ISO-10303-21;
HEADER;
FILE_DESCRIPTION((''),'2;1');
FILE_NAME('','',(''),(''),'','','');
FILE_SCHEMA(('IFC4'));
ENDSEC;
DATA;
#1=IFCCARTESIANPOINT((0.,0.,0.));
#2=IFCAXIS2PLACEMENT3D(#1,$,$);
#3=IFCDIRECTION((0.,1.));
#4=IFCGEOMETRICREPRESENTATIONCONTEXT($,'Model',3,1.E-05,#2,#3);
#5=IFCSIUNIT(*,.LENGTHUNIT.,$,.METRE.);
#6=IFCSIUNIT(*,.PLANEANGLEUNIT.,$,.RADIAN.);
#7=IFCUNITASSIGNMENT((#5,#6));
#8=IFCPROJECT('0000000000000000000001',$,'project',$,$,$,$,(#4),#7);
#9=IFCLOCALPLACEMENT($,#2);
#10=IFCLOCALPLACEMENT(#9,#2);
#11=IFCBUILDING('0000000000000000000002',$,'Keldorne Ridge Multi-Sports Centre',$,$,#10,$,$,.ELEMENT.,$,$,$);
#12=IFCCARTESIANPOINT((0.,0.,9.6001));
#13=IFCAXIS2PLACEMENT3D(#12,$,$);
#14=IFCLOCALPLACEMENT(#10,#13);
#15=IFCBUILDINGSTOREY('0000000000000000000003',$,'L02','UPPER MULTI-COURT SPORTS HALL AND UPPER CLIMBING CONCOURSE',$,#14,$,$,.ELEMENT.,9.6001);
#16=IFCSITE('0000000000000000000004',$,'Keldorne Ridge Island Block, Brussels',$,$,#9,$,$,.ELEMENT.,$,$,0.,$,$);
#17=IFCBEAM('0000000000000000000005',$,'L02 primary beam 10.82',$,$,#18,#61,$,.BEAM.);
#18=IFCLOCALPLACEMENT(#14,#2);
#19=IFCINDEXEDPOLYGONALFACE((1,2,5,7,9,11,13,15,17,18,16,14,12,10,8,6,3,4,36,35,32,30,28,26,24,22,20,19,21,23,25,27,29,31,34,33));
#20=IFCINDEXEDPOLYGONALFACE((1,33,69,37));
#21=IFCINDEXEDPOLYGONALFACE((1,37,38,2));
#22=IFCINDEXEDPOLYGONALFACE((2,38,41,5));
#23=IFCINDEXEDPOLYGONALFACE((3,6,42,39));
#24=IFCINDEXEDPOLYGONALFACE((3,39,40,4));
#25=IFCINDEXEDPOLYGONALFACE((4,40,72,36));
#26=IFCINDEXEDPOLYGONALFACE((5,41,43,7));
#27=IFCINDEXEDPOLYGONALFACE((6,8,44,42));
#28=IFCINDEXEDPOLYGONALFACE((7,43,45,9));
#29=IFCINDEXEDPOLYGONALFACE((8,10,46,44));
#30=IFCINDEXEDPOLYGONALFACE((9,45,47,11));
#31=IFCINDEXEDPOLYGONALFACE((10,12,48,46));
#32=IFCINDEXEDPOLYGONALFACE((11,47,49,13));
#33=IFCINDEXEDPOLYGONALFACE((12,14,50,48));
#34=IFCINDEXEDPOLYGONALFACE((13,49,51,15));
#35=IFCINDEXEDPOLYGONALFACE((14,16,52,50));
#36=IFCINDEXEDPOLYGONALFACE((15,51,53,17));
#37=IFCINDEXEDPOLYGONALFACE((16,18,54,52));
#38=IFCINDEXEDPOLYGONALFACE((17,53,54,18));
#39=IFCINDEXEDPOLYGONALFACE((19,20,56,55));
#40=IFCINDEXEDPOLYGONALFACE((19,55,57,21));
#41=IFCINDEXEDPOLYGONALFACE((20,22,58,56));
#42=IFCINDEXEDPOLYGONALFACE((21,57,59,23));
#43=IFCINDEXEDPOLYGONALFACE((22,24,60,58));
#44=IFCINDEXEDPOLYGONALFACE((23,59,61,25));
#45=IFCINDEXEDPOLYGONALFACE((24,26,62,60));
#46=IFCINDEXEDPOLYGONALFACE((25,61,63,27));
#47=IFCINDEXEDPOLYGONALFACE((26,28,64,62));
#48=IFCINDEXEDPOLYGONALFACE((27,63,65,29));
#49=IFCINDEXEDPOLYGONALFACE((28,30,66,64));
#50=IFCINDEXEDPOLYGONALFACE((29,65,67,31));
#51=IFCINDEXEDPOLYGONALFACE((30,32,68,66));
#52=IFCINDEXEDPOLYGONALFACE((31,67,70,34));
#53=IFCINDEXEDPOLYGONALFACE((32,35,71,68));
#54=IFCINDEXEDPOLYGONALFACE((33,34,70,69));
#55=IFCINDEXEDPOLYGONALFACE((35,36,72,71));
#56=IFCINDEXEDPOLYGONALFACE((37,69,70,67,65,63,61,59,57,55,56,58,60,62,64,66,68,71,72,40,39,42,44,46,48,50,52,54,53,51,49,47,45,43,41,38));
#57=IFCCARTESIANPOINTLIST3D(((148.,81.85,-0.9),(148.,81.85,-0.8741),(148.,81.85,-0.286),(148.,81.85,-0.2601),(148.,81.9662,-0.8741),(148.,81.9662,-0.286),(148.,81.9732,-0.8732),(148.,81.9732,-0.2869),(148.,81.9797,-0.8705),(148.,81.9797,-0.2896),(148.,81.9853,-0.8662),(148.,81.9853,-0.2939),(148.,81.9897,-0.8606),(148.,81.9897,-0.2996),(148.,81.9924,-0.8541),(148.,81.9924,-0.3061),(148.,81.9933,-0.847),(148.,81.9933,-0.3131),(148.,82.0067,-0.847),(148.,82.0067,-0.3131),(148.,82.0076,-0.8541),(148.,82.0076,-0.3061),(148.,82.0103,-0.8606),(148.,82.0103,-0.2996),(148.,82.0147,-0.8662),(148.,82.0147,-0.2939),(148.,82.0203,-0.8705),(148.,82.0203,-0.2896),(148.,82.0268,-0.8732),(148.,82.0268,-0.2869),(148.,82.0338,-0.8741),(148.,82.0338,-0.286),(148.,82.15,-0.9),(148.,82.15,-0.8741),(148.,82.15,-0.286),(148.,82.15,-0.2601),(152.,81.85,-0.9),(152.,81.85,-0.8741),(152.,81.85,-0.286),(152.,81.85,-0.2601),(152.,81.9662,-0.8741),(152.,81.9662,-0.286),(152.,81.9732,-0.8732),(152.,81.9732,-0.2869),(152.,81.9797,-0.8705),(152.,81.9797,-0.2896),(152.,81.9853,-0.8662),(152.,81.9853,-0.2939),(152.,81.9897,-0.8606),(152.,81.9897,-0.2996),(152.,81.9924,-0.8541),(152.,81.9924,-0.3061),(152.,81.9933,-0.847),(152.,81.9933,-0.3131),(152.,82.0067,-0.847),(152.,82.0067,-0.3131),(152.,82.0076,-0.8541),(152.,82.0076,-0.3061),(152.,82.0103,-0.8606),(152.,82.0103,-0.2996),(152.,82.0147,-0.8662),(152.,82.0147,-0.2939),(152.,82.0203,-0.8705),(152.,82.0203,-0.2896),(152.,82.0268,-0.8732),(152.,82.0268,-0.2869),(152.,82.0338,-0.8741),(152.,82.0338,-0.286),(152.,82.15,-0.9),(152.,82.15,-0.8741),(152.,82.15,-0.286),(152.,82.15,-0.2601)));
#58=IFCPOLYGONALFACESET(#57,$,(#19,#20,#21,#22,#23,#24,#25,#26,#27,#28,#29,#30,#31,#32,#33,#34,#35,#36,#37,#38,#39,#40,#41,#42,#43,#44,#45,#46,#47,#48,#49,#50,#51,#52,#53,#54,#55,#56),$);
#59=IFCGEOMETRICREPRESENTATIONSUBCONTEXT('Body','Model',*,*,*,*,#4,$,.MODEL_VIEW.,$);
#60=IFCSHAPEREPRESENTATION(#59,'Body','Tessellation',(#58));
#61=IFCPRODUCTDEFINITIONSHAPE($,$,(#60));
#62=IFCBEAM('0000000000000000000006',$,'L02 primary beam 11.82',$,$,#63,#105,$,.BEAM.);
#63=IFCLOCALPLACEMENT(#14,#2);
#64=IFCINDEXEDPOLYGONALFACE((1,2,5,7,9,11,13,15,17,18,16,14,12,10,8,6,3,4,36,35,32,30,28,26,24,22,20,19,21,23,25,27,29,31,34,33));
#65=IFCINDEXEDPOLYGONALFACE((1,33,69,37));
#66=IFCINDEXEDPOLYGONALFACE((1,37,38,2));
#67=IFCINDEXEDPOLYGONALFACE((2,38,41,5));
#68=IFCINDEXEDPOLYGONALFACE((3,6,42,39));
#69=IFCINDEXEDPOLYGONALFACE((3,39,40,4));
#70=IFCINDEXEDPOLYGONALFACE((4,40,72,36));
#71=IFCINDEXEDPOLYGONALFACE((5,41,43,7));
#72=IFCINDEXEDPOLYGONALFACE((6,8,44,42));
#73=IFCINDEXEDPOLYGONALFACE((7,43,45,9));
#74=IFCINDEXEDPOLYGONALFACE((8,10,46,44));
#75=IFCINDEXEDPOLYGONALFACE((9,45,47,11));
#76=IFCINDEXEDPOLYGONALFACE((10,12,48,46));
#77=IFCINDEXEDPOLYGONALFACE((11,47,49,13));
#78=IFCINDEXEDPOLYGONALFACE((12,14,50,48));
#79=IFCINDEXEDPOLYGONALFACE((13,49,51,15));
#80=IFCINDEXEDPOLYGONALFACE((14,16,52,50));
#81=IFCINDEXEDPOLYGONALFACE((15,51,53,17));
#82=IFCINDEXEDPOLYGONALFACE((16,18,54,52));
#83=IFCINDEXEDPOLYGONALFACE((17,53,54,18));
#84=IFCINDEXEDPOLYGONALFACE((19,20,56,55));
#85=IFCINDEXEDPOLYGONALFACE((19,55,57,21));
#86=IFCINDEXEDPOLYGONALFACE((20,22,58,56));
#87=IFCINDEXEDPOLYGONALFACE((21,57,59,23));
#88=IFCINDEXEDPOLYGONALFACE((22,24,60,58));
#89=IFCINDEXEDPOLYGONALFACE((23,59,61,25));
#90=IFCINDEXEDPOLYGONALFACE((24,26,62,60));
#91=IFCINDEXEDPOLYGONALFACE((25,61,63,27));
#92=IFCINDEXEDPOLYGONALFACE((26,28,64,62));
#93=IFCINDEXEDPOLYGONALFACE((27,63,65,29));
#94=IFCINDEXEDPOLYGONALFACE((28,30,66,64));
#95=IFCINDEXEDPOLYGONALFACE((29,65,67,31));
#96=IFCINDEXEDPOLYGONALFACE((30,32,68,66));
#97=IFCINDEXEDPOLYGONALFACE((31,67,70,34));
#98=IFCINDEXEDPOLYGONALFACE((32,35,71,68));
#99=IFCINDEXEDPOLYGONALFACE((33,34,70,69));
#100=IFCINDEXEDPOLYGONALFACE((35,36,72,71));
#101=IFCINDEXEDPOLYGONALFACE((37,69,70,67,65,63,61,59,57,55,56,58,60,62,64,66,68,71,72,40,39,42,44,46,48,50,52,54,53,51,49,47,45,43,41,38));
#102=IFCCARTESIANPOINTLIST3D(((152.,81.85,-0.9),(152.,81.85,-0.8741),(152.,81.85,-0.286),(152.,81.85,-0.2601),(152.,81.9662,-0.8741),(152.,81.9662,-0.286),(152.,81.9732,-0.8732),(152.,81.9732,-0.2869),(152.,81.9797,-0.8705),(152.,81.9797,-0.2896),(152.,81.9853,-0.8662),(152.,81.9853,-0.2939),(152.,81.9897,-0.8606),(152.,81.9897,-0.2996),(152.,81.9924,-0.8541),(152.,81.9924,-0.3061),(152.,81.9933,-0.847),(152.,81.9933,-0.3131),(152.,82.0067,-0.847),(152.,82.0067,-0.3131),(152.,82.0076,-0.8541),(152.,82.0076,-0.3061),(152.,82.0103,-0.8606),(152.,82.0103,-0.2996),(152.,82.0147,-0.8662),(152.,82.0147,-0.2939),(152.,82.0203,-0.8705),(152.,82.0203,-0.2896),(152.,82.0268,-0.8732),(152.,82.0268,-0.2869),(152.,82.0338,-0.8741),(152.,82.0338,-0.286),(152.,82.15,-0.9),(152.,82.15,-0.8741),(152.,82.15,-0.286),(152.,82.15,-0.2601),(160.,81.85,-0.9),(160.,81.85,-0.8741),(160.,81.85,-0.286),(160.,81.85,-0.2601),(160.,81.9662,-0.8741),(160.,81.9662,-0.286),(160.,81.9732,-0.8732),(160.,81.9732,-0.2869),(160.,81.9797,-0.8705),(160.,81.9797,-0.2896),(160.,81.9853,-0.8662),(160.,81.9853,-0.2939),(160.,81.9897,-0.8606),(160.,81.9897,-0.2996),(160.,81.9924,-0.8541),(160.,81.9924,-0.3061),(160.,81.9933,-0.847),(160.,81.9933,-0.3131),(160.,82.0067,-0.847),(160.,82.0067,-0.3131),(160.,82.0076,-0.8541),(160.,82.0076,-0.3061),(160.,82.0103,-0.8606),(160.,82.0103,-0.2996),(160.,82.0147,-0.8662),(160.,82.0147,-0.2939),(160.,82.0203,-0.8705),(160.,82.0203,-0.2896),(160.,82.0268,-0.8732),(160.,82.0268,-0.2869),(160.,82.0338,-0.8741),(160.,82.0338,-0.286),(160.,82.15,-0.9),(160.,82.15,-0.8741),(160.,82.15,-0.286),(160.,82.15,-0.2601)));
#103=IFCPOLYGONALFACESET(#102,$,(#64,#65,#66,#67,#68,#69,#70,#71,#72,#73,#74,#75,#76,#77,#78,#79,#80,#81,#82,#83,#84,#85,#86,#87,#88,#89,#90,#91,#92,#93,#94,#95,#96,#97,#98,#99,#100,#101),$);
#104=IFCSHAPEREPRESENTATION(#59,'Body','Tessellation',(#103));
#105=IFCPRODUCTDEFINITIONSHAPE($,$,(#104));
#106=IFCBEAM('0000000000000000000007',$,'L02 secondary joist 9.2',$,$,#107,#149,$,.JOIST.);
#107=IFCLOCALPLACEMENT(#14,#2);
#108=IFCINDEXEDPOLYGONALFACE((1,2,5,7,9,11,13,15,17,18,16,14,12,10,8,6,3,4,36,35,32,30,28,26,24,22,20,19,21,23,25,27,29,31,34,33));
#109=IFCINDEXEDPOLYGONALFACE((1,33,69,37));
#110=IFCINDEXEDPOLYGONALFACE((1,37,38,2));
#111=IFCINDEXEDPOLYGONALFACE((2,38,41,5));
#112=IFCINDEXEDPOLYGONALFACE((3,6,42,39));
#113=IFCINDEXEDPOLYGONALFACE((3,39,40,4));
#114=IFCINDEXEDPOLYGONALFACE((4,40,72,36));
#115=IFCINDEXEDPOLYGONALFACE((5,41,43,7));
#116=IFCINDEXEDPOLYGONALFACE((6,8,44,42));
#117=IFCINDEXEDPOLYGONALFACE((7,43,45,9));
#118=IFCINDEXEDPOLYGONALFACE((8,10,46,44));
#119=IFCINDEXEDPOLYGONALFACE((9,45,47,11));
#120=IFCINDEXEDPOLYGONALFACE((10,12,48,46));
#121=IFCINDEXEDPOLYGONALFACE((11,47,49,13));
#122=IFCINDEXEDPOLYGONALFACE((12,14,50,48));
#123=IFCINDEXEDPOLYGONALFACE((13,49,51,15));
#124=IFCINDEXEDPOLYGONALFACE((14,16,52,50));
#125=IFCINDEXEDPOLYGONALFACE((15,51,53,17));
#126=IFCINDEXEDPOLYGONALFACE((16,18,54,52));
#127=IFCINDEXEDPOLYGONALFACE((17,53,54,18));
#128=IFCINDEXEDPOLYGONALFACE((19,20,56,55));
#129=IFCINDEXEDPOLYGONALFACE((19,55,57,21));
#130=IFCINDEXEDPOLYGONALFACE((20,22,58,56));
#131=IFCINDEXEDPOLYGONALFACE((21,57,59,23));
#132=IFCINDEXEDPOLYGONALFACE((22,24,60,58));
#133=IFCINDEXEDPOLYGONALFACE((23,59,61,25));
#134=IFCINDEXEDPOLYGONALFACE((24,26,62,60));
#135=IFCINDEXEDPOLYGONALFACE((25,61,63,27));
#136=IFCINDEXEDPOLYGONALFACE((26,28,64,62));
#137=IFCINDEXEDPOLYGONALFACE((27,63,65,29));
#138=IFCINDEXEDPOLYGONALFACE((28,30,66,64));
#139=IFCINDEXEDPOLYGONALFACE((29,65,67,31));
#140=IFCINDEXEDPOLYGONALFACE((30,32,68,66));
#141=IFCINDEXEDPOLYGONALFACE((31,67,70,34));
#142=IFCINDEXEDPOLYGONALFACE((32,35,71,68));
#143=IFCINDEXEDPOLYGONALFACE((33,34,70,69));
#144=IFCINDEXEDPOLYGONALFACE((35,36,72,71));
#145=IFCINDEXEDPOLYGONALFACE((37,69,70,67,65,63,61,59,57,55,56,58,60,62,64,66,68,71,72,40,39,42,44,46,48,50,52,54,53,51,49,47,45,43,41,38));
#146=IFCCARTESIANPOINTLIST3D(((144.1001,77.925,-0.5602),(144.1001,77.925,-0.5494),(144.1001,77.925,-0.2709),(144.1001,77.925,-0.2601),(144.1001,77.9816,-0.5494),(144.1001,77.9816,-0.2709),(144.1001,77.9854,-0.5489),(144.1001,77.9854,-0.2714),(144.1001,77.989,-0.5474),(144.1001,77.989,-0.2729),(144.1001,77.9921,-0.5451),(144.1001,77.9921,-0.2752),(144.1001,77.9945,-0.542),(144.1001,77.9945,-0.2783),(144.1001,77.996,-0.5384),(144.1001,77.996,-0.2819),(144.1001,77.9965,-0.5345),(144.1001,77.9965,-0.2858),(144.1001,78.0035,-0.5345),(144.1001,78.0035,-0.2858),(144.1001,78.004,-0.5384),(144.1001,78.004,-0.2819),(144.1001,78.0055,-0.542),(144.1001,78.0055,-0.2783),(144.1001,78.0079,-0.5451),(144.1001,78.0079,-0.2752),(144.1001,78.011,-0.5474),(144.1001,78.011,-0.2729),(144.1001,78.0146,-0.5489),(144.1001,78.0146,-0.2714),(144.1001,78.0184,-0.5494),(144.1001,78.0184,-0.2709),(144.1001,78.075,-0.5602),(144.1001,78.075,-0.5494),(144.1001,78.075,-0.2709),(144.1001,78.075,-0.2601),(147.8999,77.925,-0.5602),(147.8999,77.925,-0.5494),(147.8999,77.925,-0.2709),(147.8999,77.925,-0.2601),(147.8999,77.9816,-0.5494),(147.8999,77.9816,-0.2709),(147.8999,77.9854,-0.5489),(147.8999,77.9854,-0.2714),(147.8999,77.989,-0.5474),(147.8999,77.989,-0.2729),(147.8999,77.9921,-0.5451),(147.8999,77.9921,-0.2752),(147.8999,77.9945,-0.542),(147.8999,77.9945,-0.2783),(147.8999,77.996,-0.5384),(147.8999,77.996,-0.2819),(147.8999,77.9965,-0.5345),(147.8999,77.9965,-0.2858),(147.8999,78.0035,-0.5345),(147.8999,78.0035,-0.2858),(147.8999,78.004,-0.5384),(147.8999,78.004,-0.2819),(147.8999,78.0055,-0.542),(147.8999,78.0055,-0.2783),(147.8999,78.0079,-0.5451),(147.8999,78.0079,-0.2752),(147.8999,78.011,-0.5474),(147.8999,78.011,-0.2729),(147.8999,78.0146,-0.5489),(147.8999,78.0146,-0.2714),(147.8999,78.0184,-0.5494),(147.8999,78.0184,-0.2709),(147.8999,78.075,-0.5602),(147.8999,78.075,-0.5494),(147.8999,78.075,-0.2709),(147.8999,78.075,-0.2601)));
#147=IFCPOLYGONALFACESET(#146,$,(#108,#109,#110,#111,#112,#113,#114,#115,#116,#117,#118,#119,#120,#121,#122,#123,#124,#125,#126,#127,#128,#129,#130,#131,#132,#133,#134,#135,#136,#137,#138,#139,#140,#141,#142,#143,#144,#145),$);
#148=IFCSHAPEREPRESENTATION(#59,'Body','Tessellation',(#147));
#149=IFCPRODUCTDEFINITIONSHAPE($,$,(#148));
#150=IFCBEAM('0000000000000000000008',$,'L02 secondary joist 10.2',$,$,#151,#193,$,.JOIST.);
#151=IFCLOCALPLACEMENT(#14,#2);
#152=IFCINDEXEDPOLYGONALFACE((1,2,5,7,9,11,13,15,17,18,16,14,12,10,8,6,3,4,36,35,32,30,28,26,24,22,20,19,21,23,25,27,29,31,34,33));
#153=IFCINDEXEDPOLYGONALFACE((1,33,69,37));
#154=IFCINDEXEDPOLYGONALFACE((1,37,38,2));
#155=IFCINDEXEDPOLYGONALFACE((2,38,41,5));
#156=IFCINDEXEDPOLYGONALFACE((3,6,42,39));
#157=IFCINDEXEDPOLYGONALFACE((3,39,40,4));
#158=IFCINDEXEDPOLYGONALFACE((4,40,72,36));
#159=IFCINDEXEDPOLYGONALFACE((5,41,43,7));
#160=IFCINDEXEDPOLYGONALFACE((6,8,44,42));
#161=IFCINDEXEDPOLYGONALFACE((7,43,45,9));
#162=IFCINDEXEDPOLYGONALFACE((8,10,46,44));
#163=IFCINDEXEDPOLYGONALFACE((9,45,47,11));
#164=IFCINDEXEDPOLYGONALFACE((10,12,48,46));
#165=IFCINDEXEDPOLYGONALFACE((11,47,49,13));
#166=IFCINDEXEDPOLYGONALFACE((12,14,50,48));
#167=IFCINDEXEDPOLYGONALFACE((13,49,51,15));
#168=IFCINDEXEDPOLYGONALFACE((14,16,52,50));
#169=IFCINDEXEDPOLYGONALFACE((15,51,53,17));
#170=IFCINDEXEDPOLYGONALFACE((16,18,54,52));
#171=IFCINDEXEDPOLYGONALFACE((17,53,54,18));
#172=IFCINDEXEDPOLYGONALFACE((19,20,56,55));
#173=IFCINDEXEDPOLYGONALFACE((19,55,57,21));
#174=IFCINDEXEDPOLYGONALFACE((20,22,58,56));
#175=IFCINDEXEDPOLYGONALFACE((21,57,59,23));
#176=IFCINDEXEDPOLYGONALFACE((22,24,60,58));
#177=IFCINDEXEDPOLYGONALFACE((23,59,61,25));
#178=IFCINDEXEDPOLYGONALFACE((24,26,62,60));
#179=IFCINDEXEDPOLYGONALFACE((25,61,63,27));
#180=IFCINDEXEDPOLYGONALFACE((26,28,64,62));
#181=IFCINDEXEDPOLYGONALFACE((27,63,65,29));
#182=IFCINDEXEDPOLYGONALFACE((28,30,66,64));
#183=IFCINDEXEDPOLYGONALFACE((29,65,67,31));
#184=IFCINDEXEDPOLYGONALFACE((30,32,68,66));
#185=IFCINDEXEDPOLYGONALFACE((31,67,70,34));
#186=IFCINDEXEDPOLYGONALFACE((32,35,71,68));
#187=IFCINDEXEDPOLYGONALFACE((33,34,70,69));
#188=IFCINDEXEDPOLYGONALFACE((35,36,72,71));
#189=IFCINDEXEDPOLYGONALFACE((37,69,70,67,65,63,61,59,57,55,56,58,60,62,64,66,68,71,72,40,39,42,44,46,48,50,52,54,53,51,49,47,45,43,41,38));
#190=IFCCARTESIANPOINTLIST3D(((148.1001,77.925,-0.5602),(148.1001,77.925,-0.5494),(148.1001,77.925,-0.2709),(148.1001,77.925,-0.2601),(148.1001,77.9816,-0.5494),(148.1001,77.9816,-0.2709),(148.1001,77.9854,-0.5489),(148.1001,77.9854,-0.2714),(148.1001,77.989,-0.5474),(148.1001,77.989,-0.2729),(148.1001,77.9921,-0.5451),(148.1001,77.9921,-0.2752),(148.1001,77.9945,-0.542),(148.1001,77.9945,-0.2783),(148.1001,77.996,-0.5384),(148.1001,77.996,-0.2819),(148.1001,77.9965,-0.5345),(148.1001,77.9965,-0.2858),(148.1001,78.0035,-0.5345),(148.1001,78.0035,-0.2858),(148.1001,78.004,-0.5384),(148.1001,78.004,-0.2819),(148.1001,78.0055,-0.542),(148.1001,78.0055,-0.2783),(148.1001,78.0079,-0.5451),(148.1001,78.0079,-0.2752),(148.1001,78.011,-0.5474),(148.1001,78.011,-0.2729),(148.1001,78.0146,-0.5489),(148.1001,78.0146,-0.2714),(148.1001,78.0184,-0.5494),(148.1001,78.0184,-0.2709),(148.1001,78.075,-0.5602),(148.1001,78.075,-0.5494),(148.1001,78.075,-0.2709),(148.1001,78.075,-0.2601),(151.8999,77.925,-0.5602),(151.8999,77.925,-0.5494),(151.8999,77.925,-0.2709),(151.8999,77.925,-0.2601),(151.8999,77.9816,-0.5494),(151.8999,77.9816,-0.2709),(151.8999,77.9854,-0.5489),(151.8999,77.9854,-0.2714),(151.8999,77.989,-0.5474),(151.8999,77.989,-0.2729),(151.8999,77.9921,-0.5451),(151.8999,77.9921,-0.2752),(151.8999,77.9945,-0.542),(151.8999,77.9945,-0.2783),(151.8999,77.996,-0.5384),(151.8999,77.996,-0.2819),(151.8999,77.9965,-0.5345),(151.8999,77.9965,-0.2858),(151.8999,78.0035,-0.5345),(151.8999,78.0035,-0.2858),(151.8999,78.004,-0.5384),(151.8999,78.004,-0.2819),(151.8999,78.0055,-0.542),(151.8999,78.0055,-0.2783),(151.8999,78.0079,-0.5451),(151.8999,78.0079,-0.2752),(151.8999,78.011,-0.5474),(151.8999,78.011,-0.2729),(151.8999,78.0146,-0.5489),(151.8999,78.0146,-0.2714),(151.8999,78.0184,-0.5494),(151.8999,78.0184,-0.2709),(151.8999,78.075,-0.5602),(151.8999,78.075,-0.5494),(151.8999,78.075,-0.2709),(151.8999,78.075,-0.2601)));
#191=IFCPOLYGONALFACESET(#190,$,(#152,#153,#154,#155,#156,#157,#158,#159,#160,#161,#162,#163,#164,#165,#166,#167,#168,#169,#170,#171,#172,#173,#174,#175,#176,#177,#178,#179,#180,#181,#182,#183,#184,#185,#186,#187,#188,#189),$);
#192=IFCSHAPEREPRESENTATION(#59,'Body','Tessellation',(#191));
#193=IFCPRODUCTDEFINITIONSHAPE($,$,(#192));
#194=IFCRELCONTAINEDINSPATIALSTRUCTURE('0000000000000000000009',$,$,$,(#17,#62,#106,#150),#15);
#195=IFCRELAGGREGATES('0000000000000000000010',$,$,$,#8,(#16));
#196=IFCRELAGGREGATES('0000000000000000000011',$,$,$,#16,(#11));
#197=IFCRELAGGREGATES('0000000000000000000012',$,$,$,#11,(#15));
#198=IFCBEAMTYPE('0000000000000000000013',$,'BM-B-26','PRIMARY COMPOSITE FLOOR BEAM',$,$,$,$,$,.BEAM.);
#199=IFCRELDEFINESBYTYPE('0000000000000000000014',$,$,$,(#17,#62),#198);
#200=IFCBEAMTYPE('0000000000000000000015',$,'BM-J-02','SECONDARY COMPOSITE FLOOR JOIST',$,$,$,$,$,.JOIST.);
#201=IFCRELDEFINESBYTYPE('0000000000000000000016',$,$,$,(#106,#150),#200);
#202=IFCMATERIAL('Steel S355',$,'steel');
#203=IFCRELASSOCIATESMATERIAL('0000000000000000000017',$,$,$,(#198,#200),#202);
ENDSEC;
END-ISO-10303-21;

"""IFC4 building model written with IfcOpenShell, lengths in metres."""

from ifc_helpers import new_model, si_unit, direction, frame, origin, origin_2d, place, context, subcontext, project, spatial, i_section, extrude, material, material_profile, profile_set, type_object, element, save


model = new_model("IFC4")

# Units and contexts
model_context = context("Model", 3, precision=1e-05, world=origin(), true_north=direction((0.0, 1.0)))
body_context = subcontext(model_context, "Body", "Model", "MODEL_VIEW")
ifc_project = project(units=[si_unit("LENGTHUNIT", "METRE"), si_unit("PLANEANGLEUNIT", "RADIAN")], contexts=[model_context])

# Site, building, storey
site_placement = place(None, origin())
site = spatial("IfcSite", under=ifc_project, at=site_placement, Name="Keldorne Ridge Island Block, Brussels", CompositionType="ELEMENT", RefElevation=0.0)
building_placement = place(site_placement, origin())
building = spatial("IfcBuilding", under=site, at=building_placement, Name="Keldorne Ridge Multi-Sports Centre", CompositionType="ELEMENT")
storey_placement = place(building_placement, frame((0.0, 0.0, 9.6001)))
storey = spatial("IfcBuildingStorey", under=building, at=storey_placement, Name="L02", Description="UPPER MULTI-COURT SPORTS HALL AND UPPER CLIMBING CONCOURSE", CompositionType="ELEMENT", Elevation=9.6001)

# Shared definitions
ifc_material_1 = material(Name="Steel S355", Category="steel")

# Beams
ifc_material_profile_1 = material_profile(ifc_material_1, i_section(OverallWidth=0.3, OverallDepth=0.6399, WebThickness=0.0134, FlangeThickness=0.0259, FilletRadius=0.0271, at=origin_2d()), Name="HEA 650")
ifc_profile_set_1 = profile_set([ifc_material_profile_1], Name="Steel S355")
beam_type_1 = type_object("IfcBeamType", Name="BM-B-26", Description="PRIMARY COMPOSITE FLOOR BEAM", PredefinedType="BEAM", material=ifc_profile_set_1)
for number, where, z_axis, x_axis, name in (
    (1, (148.0, 82.0, -0.5801), (1.0, 0.0, 0.0), (0.0, 1.0, 0.0), "L02 primary beam 10.82"),
):
    element("IfcBeam", number, at=place(storey_placement, frame(where, z_axis=z_axis, x_axis=x_axis)), inside=storey, type_object=beam_type_1, Name=name, PredefinedType="BEAM", context=body_context, shape_type="SweptSolid", body=[
        extrude(i_section(OverallWidth=0.3, OverallDepth=0.6399, WebThickness=0.0134, FlangeThickness=0.0259, FilletRadius=0.0271, at=origin_2d()), origin(), (0.0, 0.0, 1.0), 4.0),
    ])
beam_1_placement = place(storey_placement, frame((152.0, 82.0, -0.5801), z_axis=(1.0, 0.0, 0.0), x_axis=(0.0, 1.0, 0.0)))
element("IfcBeam", 2, at=beam_1_placement, inside=storey, type_object=beam_type_1, Name="L02 primary beam 11.82", PredefinedType="BEAM", context=body_context, shape_type="SweptSolid", body=[
    extrude(i_section(OverallWidth=0.3, OverallDepth=0.6399, WebThickness=0.0134, FlangeThickness=0.0259, FilletRadius=0.0271, at=origin_2d()), origin(), (0.0, 0.0, 1.0), 8.0),
])
ifc_material_profile_2 = material_profile(ifc_material_1, i_section(OverallWidth=0.1499, OverallDepth=0.3, WebThickness=0.0071, FlangeThickness=0.0107, FilletRadius=0.0149, at=origin_2d()), Name="IPE 300")
ifc_profile_set_2 = profile_set([ifc_material_profile_2], Name="Steel S355")
beam_type_2 = type_object("IfcBeamType", Name="BM-J-02", Description="SECONDARY COMPOSITE FLOOR JOIST", PredefinedType="JOIST", material=ifc_profile_set_2)
for number, where, z_axis, x_axis, name in (
    (3, (144.1001, 78.0, -0.4102), (1.0, 0.0, 0.0), (0.0, 1.0, 0.0), "L02 secondary joist 9.2"),
    (4, (148.1001, 78.0, -0.4102), (1.0, 0.0, 0.0), (0.0, 1.0, 0.0), "L02 secondary joist 10.2"),
):
    element("IfcBeam", number, at=place(storey_placement, frame(where, z_axis=z_axis, x_axis=x_axis)), inside=storey, type_object=beam_type_2, Name=name, PredefinedType="JOIST", context=body_context, shape_type="SweptSolid", body=[
        extrude(i_section(OverallWidth=0.1499, OverallDepth=0.3, WebThickness=0.0071, FlangeThickness=0.0107, FilletRadius=0.0149, at=origin_2d()), origin(), (0.0, 0.0, 1.0), 3.7998),
    ])

save(model, "model.ifc")
